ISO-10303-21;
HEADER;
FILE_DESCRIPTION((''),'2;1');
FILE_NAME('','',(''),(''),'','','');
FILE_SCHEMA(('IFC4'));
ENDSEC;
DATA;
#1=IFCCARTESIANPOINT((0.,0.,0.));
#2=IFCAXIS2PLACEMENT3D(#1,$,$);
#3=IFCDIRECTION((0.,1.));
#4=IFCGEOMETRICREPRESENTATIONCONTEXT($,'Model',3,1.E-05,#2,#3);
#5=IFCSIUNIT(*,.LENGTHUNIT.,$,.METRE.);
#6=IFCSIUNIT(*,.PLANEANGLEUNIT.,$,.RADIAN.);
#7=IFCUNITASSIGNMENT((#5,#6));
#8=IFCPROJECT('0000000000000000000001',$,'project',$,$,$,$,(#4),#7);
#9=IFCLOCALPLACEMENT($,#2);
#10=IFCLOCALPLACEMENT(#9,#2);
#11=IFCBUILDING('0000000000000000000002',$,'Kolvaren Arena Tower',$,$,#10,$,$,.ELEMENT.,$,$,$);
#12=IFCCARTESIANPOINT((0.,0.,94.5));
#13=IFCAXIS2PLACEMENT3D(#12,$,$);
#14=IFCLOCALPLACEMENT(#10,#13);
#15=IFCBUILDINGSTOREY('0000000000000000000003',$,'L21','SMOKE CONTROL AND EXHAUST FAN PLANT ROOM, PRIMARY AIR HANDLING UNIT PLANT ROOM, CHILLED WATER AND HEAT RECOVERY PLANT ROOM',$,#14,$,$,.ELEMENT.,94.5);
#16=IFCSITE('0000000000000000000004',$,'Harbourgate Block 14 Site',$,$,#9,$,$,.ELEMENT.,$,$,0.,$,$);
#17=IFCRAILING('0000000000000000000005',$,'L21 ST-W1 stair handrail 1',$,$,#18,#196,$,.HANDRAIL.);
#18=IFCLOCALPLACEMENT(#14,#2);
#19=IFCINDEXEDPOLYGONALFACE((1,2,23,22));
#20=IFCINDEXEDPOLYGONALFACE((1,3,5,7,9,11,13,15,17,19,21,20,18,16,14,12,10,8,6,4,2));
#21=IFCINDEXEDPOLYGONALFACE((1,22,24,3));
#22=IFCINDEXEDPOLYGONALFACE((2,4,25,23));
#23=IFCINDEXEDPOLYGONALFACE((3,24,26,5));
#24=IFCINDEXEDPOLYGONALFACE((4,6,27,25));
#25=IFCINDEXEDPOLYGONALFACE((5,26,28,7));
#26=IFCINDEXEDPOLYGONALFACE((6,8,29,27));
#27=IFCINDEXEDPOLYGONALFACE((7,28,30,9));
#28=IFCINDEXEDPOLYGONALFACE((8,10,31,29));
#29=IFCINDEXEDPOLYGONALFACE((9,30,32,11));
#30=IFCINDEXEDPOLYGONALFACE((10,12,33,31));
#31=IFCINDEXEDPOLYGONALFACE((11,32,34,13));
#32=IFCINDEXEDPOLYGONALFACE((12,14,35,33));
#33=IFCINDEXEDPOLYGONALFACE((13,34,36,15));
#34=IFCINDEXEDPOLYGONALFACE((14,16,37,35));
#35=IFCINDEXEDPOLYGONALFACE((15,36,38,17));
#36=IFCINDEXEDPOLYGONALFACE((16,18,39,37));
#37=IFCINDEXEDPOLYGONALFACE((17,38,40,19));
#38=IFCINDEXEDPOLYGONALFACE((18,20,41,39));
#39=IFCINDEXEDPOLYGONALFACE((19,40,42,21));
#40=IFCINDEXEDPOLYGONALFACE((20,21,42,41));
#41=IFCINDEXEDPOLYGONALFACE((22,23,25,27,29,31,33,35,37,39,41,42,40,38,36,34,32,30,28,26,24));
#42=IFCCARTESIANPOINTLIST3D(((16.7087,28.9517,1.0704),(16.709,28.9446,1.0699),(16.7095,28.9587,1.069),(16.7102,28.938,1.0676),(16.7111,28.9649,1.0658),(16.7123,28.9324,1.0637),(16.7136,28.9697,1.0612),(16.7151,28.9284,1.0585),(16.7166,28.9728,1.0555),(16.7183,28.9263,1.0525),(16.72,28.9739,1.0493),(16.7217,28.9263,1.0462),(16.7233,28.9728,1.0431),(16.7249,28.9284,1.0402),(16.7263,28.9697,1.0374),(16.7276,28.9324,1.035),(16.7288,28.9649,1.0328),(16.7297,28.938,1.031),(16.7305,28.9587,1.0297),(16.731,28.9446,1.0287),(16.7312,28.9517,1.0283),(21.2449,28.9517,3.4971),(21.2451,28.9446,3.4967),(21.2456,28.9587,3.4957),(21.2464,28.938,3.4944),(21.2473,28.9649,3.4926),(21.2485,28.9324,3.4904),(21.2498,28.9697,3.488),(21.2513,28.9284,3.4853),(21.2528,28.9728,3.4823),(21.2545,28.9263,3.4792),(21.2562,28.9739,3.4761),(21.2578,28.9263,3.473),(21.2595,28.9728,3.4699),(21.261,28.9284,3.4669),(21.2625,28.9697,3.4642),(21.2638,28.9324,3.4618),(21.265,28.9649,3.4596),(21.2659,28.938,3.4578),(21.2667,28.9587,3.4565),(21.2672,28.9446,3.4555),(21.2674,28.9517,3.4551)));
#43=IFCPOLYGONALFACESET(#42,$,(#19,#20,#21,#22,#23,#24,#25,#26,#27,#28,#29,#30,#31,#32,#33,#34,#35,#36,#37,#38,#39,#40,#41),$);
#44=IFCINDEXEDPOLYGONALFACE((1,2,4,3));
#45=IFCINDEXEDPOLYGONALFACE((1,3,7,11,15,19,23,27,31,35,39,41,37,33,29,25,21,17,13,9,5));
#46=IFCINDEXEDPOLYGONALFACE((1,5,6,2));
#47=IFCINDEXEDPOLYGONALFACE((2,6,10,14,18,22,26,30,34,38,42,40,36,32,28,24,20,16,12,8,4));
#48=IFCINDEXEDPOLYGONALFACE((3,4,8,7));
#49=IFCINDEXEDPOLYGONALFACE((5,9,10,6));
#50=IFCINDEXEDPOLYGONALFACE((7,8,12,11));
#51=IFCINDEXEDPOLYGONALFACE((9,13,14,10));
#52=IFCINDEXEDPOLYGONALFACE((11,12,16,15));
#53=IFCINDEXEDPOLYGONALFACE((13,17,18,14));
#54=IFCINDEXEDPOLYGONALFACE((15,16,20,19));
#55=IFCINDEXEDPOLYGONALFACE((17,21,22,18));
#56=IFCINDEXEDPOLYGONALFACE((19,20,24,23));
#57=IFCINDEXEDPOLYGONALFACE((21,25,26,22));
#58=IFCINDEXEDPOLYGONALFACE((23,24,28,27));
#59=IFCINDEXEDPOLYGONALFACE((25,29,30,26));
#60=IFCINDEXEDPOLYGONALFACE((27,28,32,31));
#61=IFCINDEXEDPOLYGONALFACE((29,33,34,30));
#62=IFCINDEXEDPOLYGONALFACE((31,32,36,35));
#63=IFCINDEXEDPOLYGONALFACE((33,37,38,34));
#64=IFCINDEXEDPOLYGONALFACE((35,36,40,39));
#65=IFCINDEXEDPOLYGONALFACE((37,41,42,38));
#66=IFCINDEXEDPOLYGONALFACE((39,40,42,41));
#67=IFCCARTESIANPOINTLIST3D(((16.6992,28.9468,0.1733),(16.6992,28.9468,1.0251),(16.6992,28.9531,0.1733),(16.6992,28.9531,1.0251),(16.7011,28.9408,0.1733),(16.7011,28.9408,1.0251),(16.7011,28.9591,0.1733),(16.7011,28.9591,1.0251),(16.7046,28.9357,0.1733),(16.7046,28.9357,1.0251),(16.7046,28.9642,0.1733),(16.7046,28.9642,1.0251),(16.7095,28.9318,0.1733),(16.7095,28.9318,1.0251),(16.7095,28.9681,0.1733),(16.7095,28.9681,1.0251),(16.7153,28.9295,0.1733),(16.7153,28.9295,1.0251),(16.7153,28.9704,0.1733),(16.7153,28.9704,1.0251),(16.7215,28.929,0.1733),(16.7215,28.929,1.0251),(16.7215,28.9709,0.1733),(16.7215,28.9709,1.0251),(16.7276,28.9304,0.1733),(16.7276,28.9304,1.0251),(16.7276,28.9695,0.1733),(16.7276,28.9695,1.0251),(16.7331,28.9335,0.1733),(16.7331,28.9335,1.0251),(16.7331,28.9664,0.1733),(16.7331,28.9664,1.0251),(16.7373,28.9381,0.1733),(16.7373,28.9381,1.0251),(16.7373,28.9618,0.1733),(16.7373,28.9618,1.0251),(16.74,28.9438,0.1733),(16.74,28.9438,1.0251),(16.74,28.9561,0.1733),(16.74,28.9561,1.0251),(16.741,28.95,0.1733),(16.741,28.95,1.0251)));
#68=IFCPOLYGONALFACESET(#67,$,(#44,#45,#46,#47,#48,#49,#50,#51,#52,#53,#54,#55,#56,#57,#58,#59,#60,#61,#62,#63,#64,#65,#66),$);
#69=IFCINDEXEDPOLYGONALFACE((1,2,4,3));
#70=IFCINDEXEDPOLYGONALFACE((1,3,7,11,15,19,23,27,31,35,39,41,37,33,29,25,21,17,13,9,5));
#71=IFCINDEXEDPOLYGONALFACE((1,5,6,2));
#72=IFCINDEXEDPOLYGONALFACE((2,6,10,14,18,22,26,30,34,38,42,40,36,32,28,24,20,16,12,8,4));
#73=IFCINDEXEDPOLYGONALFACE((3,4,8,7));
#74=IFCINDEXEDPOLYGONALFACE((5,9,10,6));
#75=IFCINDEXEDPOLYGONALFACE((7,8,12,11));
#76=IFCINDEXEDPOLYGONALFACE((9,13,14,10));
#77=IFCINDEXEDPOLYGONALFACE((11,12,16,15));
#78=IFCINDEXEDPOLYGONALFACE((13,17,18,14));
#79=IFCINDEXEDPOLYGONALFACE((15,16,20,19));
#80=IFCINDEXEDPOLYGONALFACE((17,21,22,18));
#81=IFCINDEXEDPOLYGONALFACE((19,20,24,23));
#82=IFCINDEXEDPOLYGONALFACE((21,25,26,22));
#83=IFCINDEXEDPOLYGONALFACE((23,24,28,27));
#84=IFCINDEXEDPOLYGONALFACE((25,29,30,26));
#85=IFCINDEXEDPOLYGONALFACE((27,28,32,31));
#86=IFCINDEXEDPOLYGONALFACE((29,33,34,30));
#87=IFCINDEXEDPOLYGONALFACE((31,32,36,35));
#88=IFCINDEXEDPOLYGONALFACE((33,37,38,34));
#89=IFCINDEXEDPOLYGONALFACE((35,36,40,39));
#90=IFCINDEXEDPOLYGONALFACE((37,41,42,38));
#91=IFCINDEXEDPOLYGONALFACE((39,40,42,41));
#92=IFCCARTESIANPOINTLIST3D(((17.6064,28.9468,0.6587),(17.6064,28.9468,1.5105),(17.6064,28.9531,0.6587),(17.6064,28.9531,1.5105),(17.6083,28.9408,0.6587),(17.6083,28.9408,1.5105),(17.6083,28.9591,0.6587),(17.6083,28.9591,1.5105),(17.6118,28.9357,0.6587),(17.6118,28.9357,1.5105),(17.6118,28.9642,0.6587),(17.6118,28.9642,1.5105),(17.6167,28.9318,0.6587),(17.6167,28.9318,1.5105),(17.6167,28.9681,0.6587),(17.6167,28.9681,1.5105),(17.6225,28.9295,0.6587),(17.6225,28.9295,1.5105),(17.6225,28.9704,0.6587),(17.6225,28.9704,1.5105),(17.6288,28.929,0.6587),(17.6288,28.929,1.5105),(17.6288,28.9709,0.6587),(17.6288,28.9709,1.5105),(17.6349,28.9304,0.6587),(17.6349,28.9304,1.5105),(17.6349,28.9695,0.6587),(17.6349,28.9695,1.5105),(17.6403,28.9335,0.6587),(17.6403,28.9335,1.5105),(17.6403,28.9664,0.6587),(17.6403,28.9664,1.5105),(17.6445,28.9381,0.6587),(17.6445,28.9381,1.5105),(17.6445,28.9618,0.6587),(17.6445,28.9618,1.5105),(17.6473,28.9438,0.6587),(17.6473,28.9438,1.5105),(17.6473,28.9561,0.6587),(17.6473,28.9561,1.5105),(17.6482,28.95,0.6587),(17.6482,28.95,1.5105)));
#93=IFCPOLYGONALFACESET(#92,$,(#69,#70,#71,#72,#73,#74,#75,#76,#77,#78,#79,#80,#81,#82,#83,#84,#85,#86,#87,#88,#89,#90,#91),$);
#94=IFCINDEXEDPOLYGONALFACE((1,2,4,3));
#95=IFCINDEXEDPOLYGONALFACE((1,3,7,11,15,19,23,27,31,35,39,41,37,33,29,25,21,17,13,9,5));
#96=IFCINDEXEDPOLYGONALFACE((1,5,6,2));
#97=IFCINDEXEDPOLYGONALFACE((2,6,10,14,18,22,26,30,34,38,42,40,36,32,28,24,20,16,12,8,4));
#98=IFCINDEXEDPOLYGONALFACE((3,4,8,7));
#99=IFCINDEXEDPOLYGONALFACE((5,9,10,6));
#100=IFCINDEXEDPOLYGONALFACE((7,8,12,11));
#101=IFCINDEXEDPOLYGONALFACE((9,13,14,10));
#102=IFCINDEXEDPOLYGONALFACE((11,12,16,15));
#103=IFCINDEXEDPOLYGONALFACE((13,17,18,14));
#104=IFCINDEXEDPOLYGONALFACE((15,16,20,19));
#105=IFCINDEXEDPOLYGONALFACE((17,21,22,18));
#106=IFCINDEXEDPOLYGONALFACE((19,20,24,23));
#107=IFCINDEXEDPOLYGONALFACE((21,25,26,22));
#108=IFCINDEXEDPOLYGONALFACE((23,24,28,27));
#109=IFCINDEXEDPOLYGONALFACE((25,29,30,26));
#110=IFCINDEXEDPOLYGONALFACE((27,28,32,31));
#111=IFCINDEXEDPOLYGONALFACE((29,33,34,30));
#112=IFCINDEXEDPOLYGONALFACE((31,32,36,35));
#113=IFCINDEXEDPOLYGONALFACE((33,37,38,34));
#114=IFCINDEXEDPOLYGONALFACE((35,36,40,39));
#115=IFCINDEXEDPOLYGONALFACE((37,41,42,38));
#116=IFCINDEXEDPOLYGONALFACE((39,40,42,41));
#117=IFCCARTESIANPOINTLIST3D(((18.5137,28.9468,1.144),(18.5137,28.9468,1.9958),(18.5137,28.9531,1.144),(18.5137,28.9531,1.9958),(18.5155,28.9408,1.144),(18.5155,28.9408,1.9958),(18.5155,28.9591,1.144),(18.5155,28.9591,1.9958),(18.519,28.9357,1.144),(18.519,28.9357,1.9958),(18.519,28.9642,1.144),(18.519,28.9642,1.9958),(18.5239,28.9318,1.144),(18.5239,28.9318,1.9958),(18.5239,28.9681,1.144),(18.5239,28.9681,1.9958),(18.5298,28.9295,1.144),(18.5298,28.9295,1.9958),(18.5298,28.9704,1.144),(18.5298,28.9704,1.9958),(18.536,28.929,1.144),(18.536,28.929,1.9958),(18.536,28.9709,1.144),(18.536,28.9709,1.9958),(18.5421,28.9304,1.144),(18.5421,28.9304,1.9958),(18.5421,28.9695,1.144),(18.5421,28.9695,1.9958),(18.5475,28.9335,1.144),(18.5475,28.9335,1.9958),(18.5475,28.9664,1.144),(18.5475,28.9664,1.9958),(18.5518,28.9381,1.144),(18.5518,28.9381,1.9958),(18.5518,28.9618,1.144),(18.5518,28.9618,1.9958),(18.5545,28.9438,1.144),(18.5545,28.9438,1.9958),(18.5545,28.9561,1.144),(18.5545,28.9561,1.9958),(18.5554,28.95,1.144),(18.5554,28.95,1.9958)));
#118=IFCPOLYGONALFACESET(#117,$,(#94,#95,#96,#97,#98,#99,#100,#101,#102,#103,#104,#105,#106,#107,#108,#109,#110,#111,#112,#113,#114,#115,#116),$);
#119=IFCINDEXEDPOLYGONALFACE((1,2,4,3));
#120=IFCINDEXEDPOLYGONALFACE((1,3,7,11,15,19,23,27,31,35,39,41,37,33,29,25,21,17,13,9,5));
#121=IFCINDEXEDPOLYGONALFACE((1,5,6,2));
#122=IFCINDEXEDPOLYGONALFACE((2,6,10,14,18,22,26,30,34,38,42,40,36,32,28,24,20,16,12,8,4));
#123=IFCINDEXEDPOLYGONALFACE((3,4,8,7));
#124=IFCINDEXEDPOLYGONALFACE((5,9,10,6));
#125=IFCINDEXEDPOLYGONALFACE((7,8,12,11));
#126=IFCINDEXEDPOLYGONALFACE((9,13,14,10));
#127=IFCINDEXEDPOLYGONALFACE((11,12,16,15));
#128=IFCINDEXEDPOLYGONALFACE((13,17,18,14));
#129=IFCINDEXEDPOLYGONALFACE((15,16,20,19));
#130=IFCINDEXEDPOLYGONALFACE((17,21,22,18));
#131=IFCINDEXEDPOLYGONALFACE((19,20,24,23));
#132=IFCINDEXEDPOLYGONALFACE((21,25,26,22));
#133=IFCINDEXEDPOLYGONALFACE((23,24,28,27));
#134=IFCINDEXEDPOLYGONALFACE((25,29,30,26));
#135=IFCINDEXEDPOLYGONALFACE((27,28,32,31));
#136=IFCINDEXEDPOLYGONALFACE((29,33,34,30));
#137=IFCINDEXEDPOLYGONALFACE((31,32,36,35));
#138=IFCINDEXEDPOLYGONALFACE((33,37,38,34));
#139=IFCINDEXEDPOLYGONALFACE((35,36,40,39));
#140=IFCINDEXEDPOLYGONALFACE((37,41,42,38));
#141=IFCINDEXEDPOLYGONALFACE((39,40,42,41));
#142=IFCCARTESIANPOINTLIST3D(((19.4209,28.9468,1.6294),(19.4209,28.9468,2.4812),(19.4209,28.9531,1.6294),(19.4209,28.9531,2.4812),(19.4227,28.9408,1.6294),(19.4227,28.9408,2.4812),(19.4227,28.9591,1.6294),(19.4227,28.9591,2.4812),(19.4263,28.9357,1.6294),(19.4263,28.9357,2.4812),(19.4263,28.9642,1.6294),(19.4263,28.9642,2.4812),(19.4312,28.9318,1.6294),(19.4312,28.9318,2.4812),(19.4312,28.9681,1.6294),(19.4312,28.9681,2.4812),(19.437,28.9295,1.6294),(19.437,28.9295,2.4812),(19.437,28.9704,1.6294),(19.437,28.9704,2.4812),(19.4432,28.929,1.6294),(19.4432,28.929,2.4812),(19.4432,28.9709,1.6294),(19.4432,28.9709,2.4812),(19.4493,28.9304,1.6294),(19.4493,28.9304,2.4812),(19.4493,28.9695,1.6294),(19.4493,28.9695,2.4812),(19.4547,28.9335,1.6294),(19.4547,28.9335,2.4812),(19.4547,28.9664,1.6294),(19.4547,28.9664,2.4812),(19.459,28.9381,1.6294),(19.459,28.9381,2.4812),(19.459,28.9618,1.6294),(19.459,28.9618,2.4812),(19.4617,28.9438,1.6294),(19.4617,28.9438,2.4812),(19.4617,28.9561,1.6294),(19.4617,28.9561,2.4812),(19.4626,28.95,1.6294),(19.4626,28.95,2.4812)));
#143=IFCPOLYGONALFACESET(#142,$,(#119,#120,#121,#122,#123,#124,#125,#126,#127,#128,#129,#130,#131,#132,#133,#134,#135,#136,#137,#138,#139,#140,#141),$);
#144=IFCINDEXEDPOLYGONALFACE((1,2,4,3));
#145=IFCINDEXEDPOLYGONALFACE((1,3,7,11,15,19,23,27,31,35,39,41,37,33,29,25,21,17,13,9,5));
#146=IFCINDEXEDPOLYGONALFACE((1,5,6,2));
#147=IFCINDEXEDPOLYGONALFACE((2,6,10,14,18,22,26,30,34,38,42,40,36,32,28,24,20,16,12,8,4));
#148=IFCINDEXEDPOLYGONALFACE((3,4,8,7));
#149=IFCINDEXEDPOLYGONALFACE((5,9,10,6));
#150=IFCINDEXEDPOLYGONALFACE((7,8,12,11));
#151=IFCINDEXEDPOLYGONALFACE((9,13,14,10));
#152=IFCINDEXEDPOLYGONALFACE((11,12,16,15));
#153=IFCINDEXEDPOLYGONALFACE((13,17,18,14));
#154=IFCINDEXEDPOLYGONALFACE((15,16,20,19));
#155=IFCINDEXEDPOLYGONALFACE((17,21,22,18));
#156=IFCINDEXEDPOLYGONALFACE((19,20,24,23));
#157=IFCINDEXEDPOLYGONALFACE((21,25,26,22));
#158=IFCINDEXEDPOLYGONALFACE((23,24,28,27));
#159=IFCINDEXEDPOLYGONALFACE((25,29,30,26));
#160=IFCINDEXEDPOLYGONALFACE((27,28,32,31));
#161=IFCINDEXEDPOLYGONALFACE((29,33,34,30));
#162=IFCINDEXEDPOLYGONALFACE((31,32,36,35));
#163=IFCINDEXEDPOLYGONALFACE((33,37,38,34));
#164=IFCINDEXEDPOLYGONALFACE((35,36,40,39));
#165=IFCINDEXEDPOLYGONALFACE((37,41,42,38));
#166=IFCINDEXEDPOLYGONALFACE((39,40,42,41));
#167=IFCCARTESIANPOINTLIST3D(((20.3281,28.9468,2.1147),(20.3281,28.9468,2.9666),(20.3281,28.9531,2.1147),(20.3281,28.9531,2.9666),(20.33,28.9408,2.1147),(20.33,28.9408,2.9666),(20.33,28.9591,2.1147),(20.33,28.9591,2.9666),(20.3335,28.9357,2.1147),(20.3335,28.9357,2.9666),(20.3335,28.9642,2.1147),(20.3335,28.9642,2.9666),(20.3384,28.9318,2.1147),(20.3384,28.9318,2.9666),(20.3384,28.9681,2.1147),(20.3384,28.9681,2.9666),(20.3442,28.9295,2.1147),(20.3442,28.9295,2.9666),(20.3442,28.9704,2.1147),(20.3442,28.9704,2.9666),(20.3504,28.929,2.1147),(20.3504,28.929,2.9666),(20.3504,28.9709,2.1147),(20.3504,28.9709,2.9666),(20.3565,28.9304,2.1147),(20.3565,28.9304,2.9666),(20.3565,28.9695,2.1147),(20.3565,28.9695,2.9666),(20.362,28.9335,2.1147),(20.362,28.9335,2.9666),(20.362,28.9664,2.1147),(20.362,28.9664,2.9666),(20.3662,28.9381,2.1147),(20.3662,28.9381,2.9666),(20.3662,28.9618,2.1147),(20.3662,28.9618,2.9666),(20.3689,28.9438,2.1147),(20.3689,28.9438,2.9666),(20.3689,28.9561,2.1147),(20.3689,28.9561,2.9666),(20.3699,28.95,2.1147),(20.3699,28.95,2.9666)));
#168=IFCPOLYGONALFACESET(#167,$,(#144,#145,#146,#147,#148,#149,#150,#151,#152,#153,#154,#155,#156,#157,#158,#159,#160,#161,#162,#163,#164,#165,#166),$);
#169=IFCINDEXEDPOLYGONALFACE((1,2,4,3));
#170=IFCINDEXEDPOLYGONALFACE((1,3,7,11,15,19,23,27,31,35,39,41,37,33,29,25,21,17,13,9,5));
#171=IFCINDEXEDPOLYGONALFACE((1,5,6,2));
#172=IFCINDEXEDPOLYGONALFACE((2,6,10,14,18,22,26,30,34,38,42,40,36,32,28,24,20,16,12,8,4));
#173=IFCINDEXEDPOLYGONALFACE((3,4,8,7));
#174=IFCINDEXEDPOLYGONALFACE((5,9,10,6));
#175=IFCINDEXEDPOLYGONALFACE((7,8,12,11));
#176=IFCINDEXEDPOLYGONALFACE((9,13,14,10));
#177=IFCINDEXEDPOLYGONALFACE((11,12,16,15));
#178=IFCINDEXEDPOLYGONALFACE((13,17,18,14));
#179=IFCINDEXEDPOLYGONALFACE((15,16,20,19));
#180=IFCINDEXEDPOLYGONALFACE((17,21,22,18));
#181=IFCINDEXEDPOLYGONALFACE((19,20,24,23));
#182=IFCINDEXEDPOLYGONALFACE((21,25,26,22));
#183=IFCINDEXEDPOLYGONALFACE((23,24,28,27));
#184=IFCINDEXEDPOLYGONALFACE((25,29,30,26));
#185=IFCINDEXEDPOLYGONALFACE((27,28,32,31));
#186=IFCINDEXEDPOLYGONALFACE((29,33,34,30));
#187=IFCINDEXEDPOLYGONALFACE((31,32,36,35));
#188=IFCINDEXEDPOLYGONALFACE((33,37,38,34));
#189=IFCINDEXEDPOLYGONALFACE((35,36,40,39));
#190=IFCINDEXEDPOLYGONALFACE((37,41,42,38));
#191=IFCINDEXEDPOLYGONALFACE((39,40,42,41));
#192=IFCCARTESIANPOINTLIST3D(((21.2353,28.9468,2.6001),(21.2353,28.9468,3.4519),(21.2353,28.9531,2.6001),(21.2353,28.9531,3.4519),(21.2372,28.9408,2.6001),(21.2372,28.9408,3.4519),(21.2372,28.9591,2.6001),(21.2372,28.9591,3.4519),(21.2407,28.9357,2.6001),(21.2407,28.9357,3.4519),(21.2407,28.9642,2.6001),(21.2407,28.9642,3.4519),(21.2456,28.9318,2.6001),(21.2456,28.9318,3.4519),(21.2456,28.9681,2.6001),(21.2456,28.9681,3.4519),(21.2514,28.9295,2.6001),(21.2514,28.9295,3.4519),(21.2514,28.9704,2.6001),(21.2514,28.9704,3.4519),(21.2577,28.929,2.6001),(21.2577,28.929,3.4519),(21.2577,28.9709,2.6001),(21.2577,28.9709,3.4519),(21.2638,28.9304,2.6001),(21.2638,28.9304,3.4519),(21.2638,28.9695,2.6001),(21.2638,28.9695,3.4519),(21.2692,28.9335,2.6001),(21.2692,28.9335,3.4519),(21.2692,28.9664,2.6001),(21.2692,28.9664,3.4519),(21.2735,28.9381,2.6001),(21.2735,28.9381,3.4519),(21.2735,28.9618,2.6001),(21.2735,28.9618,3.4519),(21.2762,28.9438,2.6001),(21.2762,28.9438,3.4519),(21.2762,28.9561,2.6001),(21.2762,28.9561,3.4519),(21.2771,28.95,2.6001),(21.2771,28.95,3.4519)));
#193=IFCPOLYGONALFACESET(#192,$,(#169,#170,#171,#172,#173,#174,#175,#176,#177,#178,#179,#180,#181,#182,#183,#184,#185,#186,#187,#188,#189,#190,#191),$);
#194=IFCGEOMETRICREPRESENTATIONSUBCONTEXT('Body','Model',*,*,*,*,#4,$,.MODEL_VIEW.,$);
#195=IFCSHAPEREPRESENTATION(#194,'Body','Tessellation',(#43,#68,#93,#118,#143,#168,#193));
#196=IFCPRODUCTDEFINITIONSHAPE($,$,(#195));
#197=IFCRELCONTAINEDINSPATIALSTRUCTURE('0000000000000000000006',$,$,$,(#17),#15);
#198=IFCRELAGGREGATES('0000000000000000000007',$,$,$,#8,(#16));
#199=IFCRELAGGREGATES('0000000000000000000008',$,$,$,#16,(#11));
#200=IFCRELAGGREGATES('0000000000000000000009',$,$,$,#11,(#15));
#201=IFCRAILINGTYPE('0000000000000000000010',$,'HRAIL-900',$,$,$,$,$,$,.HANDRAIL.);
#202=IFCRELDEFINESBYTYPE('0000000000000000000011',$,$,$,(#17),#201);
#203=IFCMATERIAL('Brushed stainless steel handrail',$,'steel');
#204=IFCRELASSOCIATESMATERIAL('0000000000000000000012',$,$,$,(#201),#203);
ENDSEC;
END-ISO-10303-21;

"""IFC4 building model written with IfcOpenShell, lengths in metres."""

from ifc_helpers import new_model, si_unit, direction, frame, origin, origin_2d, place, context, subcontext, project, spatial, circle, extrude, material, type_object, element, save


model = new_model("IFC4")

# Units and contexts
model_context = context("Model", 3, precision=1e-05, world=origin(), true_north=direction((0.0, 1.0)))
body_context = subcontext(model_context, "Body", "Model", "MODEL_VIEW")
ifc_project = project(units=[si_unit("LENGTHUNIT", "METRE"), si_unit("PLANEANGLEUNIT", "RADIAN")], contexts=[model_context])

# Site, building, storey
site_placement = place(None, origin())
site = spatial("IfcSite", under=ifc_project, at=site_placement, Name="Harbourgate Block 14 Site", CompositionType="ELEMENT", RefElevation=0.0)
building_placement = place(site_placement, origin())
building = spatial("IfcBuilding", under=site, at=building_placement, Name="Kolvaren Arena Tower", CompositionType="ELEMENT")
storey_placement = place(building_placement, frame((0.0, 0.0, 94.5)))
storey = spatial("IfcBuildingStorey", under=building, at=storey_placement, Name="L21", Description="SMOKE CONTROL AND EXHAUST FAN PLANT ROOM, PRIMARY AIR HANDLING UNIT PLANT ROOM, CHILLED WATER AND HEAT RECOVERY PLANT ROOM", CompositionType="ELEMENT", Elevation=94.5)

# Railing
ifc_material_1 = material(Name="Brushed stainless steel handrail", Category="steel")
railing_type_1 = type_object("IfcRailingType", Name="HRAIL-900", PredefinedType="HANDRAIL", material=ifc_material_1)
railing_1_placement = place(storey_placement, frame((16.72, 28.95, 0.1733)))
element("IfcRailing", 1, at=railing_1_placement, inside=storey, type_object=railing_type_1, Name="L21 ST-W1 stair handrail 1", PredefinedType="HANDRAIL", context=body_context, shape_type="SweptSolid", body=[
    extrude(circle(Radius=0.0239, at=origin_2d()), frame((0.0, 0.0, 0.876), z_axis=(0.881748, 0.0, 0.471721), x_axis=(0.0, 1.0, 0.0)), (0.0, 0.0, 1.0), 5.1445),
    extrude(circle(Radius=0.021, at=origin_2d()), origin(), (0.0, 0.0, 1.0), 0.8518),
    extrude(circle(Radius=0.021, at=origin_2d()), frame((0.9072, 0.0, 0.4854)), (0.0, 0.0, 1.0), 0.8518),
    extrude(circle(Radius=0.021, at=origin_2d()), frame((1.8145, 0.0, 0.9707)), (0.0, 0.0, 1.0), 0.8518),
    extrude(circle(Radius=0.021, at=origin_2d()), frame((2.7217, 0.0, 1.4561)), (0.0, 0.0, 1.0), 0.8518),
    extrude(circle(Radius=0.021, at=origin_2d()), frame((3.6289, 0.0, 1.9414)), (0.0, 0.0, 1.0), 0.8518),
    extrude(circle(Radius=0.021, at=origin_2d()), frame((4.5361, 0.0, 2.4268)), (0.0, 0.0, 1.0), 0.8518),
])

save(model, "model.ifc")
